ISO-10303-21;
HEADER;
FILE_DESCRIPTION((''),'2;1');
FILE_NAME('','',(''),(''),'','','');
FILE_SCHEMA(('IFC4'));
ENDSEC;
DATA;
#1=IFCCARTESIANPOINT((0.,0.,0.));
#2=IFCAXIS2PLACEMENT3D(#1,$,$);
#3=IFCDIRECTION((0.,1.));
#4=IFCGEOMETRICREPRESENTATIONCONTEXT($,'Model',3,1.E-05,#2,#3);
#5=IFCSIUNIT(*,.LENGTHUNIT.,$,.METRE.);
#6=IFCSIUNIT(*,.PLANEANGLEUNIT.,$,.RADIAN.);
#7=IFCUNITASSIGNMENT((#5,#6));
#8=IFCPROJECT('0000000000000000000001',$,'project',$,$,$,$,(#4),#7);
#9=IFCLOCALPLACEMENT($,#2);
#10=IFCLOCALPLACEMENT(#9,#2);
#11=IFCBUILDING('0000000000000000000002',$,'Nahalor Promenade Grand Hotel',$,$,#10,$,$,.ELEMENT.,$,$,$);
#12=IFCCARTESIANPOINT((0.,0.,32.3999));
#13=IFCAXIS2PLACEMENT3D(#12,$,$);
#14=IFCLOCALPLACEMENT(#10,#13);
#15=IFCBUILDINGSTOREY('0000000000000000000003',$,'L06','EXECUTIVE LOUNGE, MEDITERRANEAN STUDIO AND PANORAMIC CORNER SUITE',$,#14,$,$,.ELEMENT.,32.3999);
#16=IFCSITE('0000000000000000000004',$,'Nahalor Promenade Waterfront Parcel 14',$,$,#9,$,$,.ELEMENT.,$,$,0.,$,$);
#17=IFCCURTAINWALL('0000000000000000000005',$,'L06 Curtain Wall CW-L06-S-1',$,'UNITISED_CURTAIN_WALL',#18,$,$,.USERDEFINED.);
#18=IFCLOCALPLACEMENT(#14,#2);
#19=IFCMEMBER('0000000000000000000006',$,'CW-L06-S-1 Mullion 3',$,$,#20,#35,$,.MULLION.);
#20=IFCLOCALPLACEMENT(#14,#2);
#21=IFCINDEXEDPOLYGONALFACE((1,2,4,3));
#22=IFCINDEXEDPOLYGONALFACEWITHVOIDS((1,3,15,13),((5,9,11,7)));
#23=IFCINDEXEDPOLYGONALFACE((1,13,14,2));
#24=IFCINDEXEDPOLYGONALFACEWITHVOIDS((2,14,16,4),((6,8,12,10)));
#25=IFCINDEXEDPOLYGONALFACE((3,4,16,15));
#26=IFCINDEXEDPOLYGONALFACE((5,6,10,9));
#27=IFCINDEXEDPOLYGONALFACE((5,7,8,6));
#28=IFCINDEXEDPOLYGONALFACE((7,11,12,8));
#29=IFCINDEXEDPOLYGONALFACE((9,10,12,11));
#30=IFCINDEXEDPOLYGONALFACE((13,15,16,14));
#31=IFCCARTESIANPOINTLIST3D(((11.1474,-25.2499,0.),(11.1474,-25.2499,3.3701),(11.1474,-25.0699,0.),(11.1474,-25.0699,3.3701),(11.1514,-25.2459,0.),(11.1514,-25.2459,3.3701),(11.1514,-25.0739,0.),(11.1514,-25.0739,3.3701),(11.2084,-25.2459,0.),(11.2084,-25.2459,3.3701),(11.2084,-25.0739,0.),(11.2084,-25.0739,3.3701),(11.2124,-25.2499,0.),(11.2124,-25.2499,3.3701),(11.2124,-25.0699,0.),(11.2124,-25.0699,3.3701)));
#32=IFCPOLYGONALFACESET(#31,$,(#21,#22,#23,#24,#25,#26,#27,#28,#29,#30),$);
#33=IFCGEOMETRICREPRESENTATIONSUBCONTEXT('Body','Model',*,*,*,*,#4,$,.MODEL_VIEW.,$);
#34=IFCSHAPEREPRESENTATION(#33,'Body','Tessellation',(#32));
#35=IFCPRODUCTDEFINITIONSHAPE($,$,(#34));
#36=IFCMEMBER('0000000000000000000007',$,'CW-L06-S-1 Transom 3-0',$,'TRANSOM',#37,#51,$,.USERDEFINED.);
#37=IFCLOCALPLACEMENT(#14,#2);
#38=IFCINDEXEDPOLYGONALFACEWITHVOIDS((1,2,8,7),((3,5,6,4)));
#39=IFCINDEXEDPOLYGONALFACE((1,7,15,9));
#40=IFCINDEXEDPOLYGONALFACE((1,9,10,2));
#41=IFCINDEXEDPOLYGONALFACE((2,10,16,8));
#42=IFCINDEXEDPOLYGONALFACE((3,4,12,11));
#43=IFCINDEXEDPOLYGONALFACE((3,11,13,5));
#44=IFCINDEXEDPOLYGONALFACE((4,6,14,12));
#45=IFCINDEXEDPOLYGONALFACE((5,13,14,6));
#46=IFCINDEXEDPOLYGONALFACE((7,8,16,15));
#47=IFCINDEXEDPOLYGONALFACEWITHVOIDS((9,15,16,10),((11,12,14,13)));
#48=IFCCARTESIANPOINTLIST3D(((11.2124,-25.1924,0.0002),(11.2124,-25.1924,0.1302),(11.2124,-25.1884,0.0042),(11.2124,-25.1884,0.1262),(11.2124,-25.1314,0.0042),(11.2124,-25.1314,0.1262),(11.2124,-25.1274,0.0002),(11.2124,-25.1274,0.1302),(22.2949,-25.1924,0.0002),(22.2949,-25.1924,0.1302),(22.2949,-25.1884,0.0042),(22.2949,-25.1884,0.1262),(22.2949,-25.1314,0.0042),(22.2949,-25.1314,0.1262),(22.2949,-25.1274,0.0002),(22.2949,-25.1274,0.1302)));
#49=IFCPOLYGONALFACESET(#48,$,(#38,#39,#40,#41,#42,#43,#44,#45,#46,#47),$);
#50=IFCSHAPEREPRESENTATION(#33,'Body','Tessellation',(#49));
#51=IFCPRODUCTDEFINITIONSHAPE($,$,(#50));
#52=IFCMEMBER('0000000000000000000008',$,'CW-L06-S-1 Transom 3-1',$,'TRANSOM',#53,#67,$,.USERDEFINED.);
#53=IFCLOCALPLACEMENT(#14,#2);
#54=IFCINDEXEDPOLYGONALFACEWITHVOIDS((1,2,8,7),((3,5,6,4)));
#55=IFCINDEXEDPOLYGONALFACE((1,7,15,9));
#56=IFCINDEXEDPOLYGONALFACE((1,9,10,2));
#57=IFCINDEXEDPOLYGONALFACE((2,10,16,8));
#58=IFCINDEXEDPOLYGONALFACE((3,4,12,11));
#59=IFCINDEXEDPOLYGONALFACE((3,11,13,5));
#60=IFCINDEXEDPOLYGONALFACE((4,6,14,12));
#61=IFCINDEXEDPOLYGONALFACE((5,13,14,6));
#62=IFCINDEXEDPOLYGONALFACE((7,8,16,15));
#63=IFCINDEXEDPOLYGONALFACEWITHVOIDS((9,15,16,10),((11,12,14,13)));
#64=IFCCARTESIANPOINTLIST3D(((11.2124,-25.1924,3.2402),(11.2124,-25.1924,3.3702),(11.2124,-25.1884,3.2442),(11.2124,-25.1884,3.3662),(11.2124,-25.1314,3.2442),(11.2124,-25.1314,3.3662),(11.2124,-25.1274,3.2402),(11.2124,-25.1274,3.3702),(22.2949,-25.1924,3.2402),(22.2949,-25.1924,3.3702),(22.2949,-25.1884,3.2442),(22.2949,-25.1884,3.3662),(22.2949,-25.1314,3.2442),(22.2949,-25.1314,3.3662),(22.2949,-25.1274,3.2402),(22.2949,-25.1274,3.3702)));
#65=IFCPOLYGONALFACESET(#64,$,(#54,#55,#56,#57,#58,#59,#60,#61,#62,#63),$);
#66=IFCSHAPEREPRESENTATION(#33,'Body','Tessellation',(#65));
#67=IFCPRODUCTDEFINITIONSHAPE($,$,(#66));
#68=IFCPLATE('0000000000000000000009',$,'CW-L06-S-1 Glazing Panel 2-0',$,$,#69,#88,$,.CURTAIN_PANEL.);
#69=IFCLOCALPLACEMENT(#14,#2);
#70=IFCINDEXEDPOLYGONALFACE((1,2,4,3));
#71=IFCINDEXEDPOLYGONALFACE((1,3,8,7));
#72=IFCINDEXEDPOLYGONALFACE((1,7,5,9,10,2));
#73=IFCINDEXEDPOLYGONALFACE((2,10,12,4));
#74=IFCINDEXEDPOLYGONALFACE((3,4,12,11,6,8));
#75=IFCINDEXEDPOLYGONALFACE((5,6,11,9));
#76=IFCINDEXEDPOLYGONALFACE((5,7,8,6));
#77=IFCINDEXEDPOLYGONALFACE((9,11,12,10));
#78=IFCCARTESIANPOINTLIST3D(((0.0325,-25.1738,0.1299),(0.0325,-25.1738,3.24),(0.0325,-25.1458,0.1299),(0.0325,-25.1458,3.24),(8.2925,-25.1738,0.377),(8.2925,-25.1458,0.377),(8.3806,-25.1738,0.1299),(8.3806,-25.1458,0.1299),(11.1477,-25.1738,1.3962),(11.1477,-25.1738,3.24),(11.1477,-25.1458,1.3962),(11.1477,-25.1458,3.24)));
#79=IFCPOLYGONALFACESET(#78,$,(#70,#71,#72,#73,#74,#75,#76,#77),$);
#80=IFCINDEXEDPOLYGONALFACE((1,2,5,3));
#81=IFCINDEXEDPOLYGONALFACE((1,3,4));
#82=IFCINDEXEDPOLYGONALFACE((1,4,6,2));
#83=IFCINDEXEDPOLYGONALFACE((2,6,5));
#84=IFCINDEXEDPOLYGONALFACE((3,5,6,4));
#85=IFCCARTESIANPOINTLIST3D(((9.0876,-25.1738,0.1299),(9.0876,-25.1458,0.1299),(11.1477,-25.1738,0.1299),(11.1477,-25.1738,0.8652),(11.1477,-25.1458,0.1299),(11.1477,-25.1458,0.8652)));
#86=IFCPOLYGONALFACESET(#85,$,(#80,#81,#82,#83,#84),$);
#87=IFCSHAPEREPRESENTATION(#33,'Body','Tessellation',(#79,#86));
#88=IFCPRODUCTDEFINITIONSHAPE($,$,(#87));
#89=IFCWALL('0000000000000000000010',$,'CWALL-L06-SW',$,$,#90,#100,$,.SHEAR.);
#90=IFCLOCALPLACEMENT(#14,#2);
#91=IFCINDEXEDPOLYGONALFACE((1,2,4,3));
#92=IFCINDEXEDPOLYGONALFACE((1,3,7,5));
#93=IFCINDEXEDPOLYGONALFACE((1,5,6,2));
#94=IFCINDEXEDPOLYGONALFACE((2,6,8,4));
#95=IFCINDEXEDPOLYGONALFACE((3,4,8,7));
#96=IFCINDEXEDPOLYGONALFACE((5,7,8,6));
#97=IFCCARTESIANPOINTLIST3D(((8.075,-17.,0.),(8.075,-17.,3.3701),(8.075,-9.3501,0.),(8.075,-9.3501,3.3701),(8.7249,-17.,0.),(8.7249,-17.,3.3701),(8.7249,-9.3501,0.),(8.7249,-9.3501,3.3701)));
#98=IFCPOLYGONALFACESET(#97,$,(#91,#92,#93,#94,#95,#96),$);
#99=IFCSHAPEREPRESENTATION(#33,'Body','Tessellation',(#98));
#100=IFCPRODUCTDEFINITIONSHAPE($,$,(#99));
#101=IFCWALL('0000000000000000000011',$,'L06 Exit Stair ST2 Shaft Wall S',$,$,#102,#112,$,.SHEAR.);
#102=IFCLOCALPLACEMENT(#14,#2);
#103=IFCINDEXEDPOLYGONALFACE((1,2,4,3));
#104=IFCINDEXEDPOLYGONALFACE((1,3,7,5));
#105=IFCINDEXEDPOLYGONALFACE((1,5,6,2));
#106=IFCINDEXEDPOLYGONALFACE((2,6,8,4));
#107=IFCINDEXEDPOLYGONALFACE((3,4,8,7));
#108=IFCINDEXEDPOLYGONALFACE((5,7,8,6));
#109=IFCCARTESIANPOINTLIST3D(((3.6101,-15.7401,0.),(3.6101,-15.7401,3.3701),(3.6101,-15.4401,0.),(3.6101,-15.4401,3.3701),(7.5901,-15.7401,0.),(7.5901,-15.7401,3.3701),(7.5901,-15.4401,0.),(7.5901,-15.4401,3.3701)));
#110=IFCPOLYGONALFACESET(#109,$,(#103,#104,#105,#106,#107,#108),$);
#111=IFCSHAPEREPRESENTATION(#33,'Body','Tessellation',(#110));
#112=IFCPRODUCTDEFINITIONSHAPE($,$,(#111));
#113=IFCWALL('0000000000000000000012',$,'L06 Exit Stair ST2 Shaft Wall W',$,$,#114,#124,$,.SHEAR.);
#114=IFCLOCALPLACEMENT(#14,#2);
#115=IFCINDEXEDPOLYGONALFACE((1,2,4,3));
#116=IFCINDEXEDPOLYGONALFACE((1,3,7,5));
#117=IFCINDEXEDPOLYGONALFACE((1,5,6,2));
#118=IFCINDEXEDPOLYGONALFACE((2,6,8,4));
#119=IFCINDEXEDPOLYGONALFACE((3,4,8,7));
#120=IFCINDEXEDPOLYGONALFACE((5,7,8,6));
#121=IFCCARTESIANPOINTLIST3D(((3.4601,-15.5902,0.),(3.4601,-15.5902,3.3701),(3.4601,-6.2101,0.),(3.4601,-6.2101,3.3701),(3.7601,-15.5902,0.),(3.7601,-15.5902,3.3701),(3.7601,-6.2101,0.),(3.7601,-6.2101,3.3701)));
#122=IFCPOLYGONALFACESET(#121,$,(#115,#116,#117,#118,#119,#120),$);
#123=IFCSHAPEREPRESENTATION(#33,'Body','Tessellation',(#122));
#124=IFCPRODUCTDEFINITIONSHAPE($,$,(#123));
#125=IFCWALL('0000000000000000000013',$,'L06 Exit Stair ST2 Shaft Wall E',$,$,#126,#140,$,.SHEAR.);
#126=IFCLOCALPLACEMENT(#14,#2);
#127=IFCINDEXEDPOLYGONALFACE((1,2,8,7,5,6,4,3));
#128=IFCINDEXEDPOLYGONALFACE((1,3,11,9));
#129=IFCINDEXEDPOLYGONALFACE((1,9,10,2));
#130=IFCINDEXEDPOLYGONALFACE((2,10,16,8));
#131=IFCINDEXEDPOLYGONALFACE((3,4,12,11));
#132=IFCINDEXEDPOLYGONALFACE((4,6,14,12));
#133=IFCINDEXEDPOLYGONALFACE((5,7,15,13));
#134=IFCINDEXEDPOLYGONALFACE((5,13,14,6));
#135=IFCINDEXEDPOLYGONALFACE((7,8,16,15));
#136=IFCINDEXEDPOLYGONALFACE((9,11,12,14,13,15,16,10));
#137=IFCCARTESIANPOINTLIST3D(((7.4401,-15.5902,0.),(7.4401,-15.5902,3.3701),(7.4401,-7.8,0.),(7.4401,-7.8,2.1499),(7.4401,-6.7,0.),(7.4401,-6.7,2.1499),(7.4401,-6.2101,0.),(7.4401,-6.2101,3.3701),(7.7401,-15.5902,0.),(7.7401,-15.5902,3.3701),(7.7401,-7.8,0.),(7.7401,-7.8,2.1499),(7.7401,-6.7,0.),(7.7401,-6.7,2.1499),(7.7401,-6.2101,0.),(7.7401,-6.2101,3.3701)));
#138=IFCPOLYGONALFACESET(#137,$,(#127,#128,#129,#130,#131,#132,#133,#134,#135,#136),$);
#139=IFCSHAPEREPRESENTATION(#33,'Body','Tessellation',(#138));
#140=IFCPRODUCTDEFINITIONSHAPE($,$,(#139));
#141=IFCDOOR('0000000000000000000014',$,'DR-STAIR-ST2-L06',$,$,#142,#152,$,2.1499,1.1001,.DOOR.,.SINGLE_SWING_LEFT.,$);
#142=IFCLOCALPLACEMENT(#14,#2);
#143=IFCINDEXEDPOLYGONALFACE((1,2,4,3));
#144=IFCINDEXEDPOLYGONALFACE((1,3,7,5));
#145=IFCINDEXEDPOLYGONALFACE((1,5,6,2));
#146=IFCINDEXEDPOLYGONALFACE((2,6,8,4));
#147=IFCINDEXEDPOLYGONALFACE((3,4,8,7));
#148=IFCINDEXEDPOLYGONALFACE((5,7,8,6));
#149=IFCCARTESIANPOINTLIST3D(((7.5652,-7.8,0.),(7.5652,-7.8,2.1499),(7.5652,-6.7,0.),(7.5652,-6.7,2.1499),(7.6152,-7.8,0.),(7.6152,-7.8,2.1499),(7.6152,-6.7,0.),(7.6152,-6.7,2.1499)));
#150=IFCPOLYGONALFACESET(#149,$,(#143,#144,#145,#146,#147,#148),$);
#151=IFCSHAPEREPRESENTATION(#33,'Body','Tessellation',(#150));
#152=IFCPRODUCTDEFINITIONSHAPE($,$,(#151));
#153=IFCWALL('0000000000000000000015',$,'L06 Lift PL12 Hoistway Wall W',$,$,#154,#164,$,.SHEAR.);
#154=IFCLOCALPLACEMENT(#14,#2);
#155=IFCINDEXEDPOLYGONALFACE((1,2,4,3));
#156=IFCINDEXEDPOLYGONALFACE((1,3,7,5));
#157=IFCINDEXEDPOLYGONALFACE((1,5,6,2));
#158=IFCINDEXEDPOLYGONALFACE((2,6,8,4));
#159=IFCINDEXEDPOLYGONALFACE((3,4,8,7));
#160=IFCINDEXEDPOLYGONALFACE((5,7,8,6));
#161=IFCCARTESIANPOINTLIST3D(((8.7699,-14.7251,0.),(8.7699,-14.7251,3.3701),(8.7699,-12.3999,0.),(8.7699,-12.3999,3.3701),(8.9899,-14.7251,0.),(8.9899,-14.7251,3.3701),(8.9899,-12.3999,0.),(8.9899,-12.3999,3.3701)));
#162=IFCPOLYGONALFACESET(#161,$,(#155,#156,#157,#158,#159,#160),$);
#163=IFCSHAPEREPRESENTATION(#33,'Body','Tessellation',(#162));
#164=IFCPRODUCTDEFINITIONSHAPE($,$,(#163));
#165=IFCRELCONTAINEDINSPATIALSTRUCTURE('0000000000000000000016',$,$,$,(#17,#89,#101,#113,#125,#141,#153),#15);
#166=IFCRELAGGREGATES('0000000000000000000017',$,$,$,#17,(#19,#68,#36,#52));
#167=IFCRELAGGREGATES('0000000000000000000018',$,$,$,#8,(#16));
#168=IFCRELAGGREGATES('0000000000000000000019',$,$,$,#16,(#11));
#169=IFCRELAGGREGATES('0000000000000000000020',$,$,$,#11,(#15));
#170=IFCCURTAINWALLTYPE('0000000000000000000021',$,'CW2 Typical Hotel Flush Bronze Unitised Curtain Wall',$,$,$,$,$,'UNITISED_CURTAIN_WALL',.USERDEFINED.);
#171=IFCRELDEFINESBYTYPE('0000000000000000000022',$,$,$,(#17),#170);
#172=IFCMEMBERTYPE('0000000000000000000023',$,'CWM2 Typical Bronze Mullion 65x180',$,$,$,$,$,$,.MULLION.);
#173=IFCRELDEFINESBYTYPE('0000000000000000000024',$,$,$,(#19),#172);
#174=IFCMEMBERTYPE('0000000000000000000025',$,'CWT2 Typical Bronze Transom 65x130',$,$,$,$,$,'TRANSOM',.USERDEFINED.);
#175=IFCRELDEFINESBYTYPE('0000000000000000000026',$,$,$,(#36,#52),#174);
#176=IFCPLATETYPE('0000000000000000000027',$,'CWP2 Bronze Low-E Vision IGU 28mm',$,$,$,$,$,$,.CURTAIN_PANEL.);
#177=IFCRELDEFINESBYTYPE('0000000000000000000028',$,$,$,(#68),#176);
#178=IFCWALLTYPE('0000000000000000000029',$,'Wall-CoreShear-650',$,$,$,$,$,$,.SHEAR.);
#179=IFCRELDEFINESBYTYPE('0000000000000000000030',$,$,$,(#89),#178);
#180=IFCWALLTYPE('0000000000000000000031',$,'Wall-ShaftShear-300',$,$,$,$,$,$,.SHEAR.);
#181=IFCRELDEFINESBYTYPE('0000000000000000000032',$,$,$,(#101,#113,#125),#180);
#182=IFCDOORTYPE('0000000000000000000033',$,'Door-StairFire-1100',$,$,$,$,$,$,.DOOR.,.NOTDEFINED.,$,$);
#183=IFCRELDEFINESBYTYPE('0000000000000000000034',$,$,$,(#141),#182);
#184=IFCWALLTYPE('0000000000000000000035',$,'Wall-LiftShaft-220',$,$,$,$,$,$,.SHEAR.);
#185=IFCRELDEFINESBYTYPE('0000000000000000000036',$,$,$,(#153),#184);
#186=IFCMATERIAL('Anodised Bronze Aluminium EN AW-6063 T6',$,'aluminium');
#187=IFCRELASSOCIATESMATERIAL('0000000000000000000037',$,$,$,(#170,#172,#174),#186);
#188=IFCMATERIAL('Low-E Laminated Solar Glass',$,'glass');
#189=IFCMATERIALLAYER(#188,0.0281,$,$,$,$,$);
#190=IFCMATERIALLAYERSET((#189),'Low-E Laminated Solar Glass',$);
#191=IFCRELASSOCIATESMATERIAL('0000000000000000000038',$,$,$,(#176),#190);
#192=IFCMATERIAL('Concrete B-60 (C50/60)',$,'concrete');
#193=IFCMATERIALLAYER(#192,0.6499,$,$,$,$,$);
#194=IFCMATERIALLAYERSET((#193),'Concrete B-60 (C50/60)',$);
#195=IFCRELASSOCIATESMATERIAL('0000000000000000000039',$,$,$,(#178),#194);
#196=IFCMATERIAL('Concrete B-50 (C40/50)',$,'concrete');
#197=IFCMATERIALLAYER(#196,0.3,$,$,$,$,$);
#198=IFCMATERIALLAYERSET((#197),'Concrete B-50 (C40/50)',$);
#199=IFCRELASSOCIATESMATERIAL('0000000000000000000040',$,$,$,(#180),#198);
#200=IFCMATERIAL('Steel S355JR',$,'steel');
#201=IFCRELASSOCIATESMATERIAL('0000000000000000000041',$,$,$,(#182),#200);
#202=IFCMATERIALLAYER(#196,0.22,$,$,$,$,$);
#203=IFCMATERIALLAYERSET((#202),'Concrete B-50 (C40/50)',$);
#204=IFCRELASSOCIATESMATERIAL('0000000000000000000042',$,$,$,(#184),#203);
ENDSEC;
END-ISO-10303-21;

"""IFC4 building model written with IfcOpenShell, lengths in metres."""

from ifc_helpers import new_model, si_unit, direction, frame, frame_2d, origin, origin_2d, place, context, subcontext, project, spatial, polyline, rectangle, hollow_rectangle, outline, extrude, source, transform, mapped, material, layer, layer_set, material_profile, profile_set, type_object, element, fill, aggregate, save


model = new_model("IFC4")

# Units and contexts
model_context = context("Model", 3, precision=1e-05, world=origin(), true_north=direction((0.0, 1.0)))
body_context = subcontext(model_context, "Body", "Model", "MODEL_VIEW")
ifc_project = project(units=[si_unit("LENGTHUNIT", "METRE"), si_unit("PLANEANGLEUNIT", "RADIAN")], contexts=[model_context])

# Site, building, storey
site_placement = place(None, origin())
site = spatial("IfcSite", under=ifc_project, at=site_placement, Name="Nahalor Promenade Waterfront Parcel 14", CompositionType="ELEMENT", RefElevation=0.0)
building_placement = place(site_placement, origin())
building = spatial("IfcBuilding", under=site, at=building_placement, Name="Nahalor Promenade Grand Hotel", CompositionType="ELEMENT")
storey_placement = place(building_placement, frame((0.0, 0.0, 32.3999)))
storey = spatial("IfcBuildingStorey", under=building, at=storey_placement, Name="L06", Description="EXECUTIVE LOUNGE, MEDITERRANEAN STUDIO AND PANORAMIC CORNER SUITE", CompositionType="ELEMENT", Elevation=32.3999)

# Shared definitions
ifc_material_1 = material(Name="Steel S355JR", Category="steel")

# Curtain wall, members, plate
ifc_material_2 = material(Name="Anodised Bronze Aluminium EN AW-6063 T6", Category="aluminium")
curtain_wall_type = type_object("IfcCurtainWallType", Name="CW2 Typical Hotel Flush Bronze Unitised Curtain Wall", ElementType="UNITISED_CURTAIN_WALL", PredefinedType="USERDEFINED", material=ifc_material_2)
curtain_wall_placement = place(storey_placement, origin())
curtain_wall = element("IfcCurtainWall", 1, at=curtain_wall_placement, inside=storey, type_object=curtain_wall_type, Name="L06 Curtain Wall CW-L06-S-1", ObjectType="UNITISED_CURTAIN_WALL", PredefinedType="USERDEFINED")
ifc_material_profile_1 = material_profile(ifc_material_2, hollow_rectangle(XDim=0.065, YDim=0.18, WallThickness=0.004, at=origin_2d()), Name="CWM 65x180x4")
ifc_profile_set_1 = profile_set([ifc_material_profile_1], Name="Anodised Bronze Aluminium EN AW-6063 T6")
member_type_1 = type_object("IfcMemberType", Name="CWM2 Typical Bronze Mullion 65x180", PredefinedType="MULLION", material=ifc_profile_set_1)
shared_shape_1 = source(origin(), body_context, "Body", "SweptSolid", [
    extrude(hollow_rectangle(XDim=0.065, YDim=0.18, WallThickness=0.004, at=origin_2d()), origin(), (0.0, 0.0, 1.0), 3.3701),
])
member_1_placement = place(storey_placement, frame((11.1799, -25.1599, 0.0), z_axis=(0.0, 0.0, 1.0), x_axis=(1.0, 0.0, 0.0)))
member_1 = element("IfcMember", 2, at=member_1_placement, type_object=member_type_1, Name="CW-L06-S-1 Mullion 3", PredefinedType="MULLION", context=body_context, shape_type="MappedRepresentation", body=[
    mapped(shared_shape_1, transform((0.0, 0.0, 0.0), scale=1.0)),
])
ifc_material_profile_2 = material_profile(ifc_material_2, hollow_rectangle(XDim=0.065, YDim=0.13, WallThickness=0.004, at=origin_2d()), Name="CWT 65x130x4")
ifc_profile_set_2 = profile_set([ifc_material_profile_2], Name="Anodised Bronze Aluminium EN AW-6063 T6")
member_type_2 = type_object("IfcMemberType", Name="CWT2 Typical Bronze Transom 65x130", ElementType="TRANSOM", PredefinedType="USERDEFINED", material=ifc_profile_set_2)
shared_shape_2 = source(origin(), body_context, "Body", "SweptSolid", [
    extrude(hollow_rectangle(XDim=0.065, YDim=0.13, WallThickness=0.004, at=origin_2d()), origin(), (0.0, 0.0, 1.0), 11.0825),
])
member_2_placement = place(storey_placement, frame((11.2124, -25.1599, 0.0652), z_axis=(1.0, 0.0, 0.0), x_axis=(0.0, 1.0, 0.0)))
member_2 = element("IfcMember", 3, at=member_2_placement, type_object=member_type_2, Name="CW-L06-S-1 Transom 3-0", ObjectType="TRANSOM", PredefinedType="USERDEFINED", context=body_context, shape_type="MappedRepresentation", body=[
    mapped(shared_shape_2, transform((0.0, 0.0, 0.0), scale=1.0)),
])
member_3_placement = place(storey_placement, frame((11.2124, -25.1599, 3.3052), z_axis=(1.0, 0.0, 0.0), x_axis=(0.0, 1.0, 0.0)))
member_3 = element("IfcMember", 4, at=member_3_placement, type_object=member_type_2, Name="CW-L06-S-1 Transom 3-1", ObjectType="TRANSOM", PredefinedType="USERDEFINED", context=body_context, shape_type="MappedRepresentation", body=[
    mapped(shared_shape_2, transform((0.0, 0.0, 0.0), scale=1.0)),
])
ifc_material_3 = material(Name="Low-E Laminated Solar Glass", Category="glass")
ifc_layer_1 = layer(ifc_material_3, 0.0281)
ifc_layer_set_1 = layer_set([ifc_layer_1], Name="Low-E Laminated Solar Glass")
plate_type = type_object("IfcPlateType", Name="CWP2 Bronze Low-E Vision IGU 28mm", PredefinedType="CURTAIN_PANEL", material=ifc_layer_set_1)
plate_placement = place(storey_placement, frame((5.5901, -25.1599, 0.1299), z_axis=(0.0, 0.0, 1.0), x_axis=(1.0, 0.0, 0.0)))
plate = element("IfcPlate", 5, at=plate_placement, type_object=plate_type, Name="CW-L06-S-1 Glazing Panel 2-0", PredefinedType="CURTAIN_PANEL", context=body_context, shape_type="SweptSolid", body=[
    extrude(outline(polyline([(-5.5576, 3.1101), (-5.5576, 0.0), (2.7905, 0.0), (2.7024, 0.2471), (5.5576, 1.2664), (5.5576, 3.1101), (-5.5576, 3.1101)])), frame((0.0, 0.0142, 0.0), z_axis=(0.0, -1.0, 0.0), x_axis=(1.0, 0.0, 0.0)), (0.0, 0.0, 1.0), 0.0281),
    extrude(outline(polyline([(3.4976, 0.0), (5.5576, 0.0), (5.5576, 0.7354), (3.4976, 0.0)])), frame((0.0, 0.0142, 0.0), z_axis=(0.0, -1.0, 0.0), x_axis=(1.0, 0.0, 0.0)), (0.0, 0.0, 1.0), 0.0281),
])
aggregate(curtain_wall, [member_1, plate, member_2, member_3])

# Walls
ifc_material_4 = material(Name="Concrete B-60 (C50/60)", Category="concrete")
ifc_layer_2 = layer(ifc_material_4, 0.6499)
ifc_layer_set_2 = layer_set([ifc_layer_2], Name="Concrete B-60 (C50/60)")
wall_type_1 = type_object("IfcWallType", Name="Wall-CoreShear-650", PredefinedType="SHEAR", material=ifc_layer_set_2)
shared_shape_3 = source(origin(), body_context, "Body", "SweptSolid", [
    extrude(rectangle(XDim=7.6499, YDim=0.6499, at=frame_2d((3.825, 0.0))), origin(), (0.0, 0.0, 1.0), 3.3701),
])
wall_1_placement = place(storey_placement, frame((8.3999, -17.0, 0.0), z_axis=(0.0, 0.0, 1.0), x_axis=(0.0, 1.0, 0.0)))
element("IfcWall", 6, at=wall_1_placement, inside=storey, type_object=wall_type_1, Name="CWALL-L06-SW", PredefinedType="SHEAR", context=body_context, shape_type="MappedRepresentation", body=[
    mapped(shared_shape_3, transform((0.0, 0.0, 0.0), scale=1.0)),
])
ifc_material_5 = material(Name="Concrete B-50 (C40/50)", Category="concrete")
ifc_layer_3 = layer(ifc_material_5, 0.3)
ifc_layer_set_3 = layer_set([ifc_layer_3], Name="Concrete B-50 (C40/50)")
wall_type_2 = type_object("IfcWallType", Name="Wall-ShaftShear-300", PredefinedType="SHEAR", material=ifc_layer_set_3)
shared_shape_4 = source(origin(), body_context, "Body", "SweptSolid", [
    extrude(rectangle(XDim=3.98, YDim=0.3, at=frame_2d((1.99, 0.0))), origin(), (0.0, 0.0, 1.0), 3.3701),
])
wall_2_placement = place(storey_placement, frame((3.6101, -15.5901, 0.0), z_axis=(0.0, 0.0, 1.0), x_axis=(1.0, 0.0, 0.0)))
element("IfcWall", 7, at=wall_2_placement, inside=storey, type_object=wall_type_2, Name="L06 Exit Stair ST2 Shaft Wall S", PredefinedType="SHEAR", context=body_context, shape_type="MappedRepresentation", body=[
    mapped(shared_shape_4, transform((0.0, 0.0, 0.0), scale=1.0)),
])
shared_shape_5 = source(origin(), body_context, "Body", "SweptSolid", [
    extrude(rectangle(XDim=9.3801, YDim=0.3, at=frame_2d((4.6899, 0.0))), origin(), (0.0, 0.0, 1.0), 3.3701),
])
wall_3_placement = place(storey_placement, frame((3.6101, -15.5901, 0.0), z_axis=(0.0, 0.0, 1.0), x_axis=(0.0, 1.0, 0.0)))
element("IfcWall", 8, at=wall_3_placement, inside=storey, type_object=wall_type_2, Name="L06 Exit Stair ST2 Shaft Wall W", PredefinedType="SHEAR", context=body_context, shape_type="MappedRepresentation", body=[
    mapped(shared_shape_5, transform((0.0, 0.0, 0.0), scale=1.0)),
])

# Wall, opening, door
wall_4_placement = place(storey_placement, frame((7.5901, -15.5901, 0.0), z_axis=(0.0, 0.0, 1.0), x_axis=(0.0, 1.0, 0.0)))
wall_4 = element("IfcWall", 9, at=wall_4_placement, inside=storey, type_object=wall_type_2, Name="L06 Exit Stair ST2 Shaft Wall E", PredefinedType="SHEAR", context=body_context, shape_type="MappedRepresentation", body=[
    mapped(shared_shape_5, transform((0.0, 0.0, 0.0), scale=1.0)),
])
opening_1_placement = place(wall_4_placement, frame((7.79, 0.0, 0.0)))
opening_1 = element("IfcOpeningElement", 10, at=opening_1_placement, cuts=wall_4, PredefinedType="OPENING", context=body_context, shape_type="SweptSolid", body=[
    extrude(rectangle(XDim=1.1001, YDim=2.1499, at=frame_2d((0.55, 1.075))), frame((0.0, 0.1599, 0.0), z_axis=(0.0, -1.0, 0.0), x_axis=(1.0, 0.0, 0.0)), (0.0, 0.0, 1.0), 0.3201),
])
door_type_1 = type_object("IfcDoorType", Name="Door-StairFire-1100", OperationType="NOTDEFINED", PredefinedType="DOOR", material=ifc_material_1)
shared_shape_6 = source(origin(), body_context, "Body", "SweptSolid", [
    extrude(rectangle(XDim=1.1001, YDim=2.1499, at=frame_2d((0.55, 1.075))), frame((0.0, 0.0249, 0.0), z_axis=(0.0, -1.0, 0.0), x_axis=(1.0, 0.0, 0.0)), (0.0, 0.0, 1.0), 0.05),
])
door_1_placement = place(opening_1_placement, origin())
door_1 = element("IfcDoor", 11, at=door_1_placement, inside=storey, type_object=door_type_1, Name="DR-STAIR-ST2-L06", OperationType="SINGLE_SWING_LEFT", OverallHeight=2.1499, OverallWidth=1.1001, PredefinedType="DOOR", context=body_context, shape_type="MappedRepresentation", body=[
    mapped(shared_shape_6, transform((0.0, 0.0, 0.0), scale=1.0)),
])
fill(opening_1, door_1)

# Wall
ifc_layer_4 = layer(ifc_material_5, 0.22)
ifc_layer_set_4 = layer_set([ifc_layer_4], Name="Concrete B-50 (C40/50)")
wall_type_3 = type_object("IfcWallType", Name="Wall-LiftShaft-220", PredefinedType="SHEAR", material=ifc_layer_set_4)
shared_shape_7 = source(origin(), body_context, "Body", "SweptSolid", [
    extrude(rectangle(XDim=2.3252, YDim=0.22, at=frame_2d((1.1626, 0.0))), origin(), (0.0, 0.0, 1.0), 3.3701),
])
for number, where, z_axis, x_axis, name in (
    (12, (8.8799, -14.7251, 0.0), (0.0, 0.0, 1.0), (0.0, 1.0, 0.0), "L06 Lift PL12 Hoistway Wall W"),
):
    element("IfcWall", number, at=place(storey_placement, frame(where, z_axis=z_axis, x_axis=x_axis)), inside=storey, type_object=wall_type_3, Name=name, PredefinedType="SHEAR", context=body_context, shape_type="MappedRepresentation", body=[
        mapped(shared_shape_7, transform((0.0, 0.0, 0.0), scale=1.0)),
    ])

save(model, "model.ifc")
